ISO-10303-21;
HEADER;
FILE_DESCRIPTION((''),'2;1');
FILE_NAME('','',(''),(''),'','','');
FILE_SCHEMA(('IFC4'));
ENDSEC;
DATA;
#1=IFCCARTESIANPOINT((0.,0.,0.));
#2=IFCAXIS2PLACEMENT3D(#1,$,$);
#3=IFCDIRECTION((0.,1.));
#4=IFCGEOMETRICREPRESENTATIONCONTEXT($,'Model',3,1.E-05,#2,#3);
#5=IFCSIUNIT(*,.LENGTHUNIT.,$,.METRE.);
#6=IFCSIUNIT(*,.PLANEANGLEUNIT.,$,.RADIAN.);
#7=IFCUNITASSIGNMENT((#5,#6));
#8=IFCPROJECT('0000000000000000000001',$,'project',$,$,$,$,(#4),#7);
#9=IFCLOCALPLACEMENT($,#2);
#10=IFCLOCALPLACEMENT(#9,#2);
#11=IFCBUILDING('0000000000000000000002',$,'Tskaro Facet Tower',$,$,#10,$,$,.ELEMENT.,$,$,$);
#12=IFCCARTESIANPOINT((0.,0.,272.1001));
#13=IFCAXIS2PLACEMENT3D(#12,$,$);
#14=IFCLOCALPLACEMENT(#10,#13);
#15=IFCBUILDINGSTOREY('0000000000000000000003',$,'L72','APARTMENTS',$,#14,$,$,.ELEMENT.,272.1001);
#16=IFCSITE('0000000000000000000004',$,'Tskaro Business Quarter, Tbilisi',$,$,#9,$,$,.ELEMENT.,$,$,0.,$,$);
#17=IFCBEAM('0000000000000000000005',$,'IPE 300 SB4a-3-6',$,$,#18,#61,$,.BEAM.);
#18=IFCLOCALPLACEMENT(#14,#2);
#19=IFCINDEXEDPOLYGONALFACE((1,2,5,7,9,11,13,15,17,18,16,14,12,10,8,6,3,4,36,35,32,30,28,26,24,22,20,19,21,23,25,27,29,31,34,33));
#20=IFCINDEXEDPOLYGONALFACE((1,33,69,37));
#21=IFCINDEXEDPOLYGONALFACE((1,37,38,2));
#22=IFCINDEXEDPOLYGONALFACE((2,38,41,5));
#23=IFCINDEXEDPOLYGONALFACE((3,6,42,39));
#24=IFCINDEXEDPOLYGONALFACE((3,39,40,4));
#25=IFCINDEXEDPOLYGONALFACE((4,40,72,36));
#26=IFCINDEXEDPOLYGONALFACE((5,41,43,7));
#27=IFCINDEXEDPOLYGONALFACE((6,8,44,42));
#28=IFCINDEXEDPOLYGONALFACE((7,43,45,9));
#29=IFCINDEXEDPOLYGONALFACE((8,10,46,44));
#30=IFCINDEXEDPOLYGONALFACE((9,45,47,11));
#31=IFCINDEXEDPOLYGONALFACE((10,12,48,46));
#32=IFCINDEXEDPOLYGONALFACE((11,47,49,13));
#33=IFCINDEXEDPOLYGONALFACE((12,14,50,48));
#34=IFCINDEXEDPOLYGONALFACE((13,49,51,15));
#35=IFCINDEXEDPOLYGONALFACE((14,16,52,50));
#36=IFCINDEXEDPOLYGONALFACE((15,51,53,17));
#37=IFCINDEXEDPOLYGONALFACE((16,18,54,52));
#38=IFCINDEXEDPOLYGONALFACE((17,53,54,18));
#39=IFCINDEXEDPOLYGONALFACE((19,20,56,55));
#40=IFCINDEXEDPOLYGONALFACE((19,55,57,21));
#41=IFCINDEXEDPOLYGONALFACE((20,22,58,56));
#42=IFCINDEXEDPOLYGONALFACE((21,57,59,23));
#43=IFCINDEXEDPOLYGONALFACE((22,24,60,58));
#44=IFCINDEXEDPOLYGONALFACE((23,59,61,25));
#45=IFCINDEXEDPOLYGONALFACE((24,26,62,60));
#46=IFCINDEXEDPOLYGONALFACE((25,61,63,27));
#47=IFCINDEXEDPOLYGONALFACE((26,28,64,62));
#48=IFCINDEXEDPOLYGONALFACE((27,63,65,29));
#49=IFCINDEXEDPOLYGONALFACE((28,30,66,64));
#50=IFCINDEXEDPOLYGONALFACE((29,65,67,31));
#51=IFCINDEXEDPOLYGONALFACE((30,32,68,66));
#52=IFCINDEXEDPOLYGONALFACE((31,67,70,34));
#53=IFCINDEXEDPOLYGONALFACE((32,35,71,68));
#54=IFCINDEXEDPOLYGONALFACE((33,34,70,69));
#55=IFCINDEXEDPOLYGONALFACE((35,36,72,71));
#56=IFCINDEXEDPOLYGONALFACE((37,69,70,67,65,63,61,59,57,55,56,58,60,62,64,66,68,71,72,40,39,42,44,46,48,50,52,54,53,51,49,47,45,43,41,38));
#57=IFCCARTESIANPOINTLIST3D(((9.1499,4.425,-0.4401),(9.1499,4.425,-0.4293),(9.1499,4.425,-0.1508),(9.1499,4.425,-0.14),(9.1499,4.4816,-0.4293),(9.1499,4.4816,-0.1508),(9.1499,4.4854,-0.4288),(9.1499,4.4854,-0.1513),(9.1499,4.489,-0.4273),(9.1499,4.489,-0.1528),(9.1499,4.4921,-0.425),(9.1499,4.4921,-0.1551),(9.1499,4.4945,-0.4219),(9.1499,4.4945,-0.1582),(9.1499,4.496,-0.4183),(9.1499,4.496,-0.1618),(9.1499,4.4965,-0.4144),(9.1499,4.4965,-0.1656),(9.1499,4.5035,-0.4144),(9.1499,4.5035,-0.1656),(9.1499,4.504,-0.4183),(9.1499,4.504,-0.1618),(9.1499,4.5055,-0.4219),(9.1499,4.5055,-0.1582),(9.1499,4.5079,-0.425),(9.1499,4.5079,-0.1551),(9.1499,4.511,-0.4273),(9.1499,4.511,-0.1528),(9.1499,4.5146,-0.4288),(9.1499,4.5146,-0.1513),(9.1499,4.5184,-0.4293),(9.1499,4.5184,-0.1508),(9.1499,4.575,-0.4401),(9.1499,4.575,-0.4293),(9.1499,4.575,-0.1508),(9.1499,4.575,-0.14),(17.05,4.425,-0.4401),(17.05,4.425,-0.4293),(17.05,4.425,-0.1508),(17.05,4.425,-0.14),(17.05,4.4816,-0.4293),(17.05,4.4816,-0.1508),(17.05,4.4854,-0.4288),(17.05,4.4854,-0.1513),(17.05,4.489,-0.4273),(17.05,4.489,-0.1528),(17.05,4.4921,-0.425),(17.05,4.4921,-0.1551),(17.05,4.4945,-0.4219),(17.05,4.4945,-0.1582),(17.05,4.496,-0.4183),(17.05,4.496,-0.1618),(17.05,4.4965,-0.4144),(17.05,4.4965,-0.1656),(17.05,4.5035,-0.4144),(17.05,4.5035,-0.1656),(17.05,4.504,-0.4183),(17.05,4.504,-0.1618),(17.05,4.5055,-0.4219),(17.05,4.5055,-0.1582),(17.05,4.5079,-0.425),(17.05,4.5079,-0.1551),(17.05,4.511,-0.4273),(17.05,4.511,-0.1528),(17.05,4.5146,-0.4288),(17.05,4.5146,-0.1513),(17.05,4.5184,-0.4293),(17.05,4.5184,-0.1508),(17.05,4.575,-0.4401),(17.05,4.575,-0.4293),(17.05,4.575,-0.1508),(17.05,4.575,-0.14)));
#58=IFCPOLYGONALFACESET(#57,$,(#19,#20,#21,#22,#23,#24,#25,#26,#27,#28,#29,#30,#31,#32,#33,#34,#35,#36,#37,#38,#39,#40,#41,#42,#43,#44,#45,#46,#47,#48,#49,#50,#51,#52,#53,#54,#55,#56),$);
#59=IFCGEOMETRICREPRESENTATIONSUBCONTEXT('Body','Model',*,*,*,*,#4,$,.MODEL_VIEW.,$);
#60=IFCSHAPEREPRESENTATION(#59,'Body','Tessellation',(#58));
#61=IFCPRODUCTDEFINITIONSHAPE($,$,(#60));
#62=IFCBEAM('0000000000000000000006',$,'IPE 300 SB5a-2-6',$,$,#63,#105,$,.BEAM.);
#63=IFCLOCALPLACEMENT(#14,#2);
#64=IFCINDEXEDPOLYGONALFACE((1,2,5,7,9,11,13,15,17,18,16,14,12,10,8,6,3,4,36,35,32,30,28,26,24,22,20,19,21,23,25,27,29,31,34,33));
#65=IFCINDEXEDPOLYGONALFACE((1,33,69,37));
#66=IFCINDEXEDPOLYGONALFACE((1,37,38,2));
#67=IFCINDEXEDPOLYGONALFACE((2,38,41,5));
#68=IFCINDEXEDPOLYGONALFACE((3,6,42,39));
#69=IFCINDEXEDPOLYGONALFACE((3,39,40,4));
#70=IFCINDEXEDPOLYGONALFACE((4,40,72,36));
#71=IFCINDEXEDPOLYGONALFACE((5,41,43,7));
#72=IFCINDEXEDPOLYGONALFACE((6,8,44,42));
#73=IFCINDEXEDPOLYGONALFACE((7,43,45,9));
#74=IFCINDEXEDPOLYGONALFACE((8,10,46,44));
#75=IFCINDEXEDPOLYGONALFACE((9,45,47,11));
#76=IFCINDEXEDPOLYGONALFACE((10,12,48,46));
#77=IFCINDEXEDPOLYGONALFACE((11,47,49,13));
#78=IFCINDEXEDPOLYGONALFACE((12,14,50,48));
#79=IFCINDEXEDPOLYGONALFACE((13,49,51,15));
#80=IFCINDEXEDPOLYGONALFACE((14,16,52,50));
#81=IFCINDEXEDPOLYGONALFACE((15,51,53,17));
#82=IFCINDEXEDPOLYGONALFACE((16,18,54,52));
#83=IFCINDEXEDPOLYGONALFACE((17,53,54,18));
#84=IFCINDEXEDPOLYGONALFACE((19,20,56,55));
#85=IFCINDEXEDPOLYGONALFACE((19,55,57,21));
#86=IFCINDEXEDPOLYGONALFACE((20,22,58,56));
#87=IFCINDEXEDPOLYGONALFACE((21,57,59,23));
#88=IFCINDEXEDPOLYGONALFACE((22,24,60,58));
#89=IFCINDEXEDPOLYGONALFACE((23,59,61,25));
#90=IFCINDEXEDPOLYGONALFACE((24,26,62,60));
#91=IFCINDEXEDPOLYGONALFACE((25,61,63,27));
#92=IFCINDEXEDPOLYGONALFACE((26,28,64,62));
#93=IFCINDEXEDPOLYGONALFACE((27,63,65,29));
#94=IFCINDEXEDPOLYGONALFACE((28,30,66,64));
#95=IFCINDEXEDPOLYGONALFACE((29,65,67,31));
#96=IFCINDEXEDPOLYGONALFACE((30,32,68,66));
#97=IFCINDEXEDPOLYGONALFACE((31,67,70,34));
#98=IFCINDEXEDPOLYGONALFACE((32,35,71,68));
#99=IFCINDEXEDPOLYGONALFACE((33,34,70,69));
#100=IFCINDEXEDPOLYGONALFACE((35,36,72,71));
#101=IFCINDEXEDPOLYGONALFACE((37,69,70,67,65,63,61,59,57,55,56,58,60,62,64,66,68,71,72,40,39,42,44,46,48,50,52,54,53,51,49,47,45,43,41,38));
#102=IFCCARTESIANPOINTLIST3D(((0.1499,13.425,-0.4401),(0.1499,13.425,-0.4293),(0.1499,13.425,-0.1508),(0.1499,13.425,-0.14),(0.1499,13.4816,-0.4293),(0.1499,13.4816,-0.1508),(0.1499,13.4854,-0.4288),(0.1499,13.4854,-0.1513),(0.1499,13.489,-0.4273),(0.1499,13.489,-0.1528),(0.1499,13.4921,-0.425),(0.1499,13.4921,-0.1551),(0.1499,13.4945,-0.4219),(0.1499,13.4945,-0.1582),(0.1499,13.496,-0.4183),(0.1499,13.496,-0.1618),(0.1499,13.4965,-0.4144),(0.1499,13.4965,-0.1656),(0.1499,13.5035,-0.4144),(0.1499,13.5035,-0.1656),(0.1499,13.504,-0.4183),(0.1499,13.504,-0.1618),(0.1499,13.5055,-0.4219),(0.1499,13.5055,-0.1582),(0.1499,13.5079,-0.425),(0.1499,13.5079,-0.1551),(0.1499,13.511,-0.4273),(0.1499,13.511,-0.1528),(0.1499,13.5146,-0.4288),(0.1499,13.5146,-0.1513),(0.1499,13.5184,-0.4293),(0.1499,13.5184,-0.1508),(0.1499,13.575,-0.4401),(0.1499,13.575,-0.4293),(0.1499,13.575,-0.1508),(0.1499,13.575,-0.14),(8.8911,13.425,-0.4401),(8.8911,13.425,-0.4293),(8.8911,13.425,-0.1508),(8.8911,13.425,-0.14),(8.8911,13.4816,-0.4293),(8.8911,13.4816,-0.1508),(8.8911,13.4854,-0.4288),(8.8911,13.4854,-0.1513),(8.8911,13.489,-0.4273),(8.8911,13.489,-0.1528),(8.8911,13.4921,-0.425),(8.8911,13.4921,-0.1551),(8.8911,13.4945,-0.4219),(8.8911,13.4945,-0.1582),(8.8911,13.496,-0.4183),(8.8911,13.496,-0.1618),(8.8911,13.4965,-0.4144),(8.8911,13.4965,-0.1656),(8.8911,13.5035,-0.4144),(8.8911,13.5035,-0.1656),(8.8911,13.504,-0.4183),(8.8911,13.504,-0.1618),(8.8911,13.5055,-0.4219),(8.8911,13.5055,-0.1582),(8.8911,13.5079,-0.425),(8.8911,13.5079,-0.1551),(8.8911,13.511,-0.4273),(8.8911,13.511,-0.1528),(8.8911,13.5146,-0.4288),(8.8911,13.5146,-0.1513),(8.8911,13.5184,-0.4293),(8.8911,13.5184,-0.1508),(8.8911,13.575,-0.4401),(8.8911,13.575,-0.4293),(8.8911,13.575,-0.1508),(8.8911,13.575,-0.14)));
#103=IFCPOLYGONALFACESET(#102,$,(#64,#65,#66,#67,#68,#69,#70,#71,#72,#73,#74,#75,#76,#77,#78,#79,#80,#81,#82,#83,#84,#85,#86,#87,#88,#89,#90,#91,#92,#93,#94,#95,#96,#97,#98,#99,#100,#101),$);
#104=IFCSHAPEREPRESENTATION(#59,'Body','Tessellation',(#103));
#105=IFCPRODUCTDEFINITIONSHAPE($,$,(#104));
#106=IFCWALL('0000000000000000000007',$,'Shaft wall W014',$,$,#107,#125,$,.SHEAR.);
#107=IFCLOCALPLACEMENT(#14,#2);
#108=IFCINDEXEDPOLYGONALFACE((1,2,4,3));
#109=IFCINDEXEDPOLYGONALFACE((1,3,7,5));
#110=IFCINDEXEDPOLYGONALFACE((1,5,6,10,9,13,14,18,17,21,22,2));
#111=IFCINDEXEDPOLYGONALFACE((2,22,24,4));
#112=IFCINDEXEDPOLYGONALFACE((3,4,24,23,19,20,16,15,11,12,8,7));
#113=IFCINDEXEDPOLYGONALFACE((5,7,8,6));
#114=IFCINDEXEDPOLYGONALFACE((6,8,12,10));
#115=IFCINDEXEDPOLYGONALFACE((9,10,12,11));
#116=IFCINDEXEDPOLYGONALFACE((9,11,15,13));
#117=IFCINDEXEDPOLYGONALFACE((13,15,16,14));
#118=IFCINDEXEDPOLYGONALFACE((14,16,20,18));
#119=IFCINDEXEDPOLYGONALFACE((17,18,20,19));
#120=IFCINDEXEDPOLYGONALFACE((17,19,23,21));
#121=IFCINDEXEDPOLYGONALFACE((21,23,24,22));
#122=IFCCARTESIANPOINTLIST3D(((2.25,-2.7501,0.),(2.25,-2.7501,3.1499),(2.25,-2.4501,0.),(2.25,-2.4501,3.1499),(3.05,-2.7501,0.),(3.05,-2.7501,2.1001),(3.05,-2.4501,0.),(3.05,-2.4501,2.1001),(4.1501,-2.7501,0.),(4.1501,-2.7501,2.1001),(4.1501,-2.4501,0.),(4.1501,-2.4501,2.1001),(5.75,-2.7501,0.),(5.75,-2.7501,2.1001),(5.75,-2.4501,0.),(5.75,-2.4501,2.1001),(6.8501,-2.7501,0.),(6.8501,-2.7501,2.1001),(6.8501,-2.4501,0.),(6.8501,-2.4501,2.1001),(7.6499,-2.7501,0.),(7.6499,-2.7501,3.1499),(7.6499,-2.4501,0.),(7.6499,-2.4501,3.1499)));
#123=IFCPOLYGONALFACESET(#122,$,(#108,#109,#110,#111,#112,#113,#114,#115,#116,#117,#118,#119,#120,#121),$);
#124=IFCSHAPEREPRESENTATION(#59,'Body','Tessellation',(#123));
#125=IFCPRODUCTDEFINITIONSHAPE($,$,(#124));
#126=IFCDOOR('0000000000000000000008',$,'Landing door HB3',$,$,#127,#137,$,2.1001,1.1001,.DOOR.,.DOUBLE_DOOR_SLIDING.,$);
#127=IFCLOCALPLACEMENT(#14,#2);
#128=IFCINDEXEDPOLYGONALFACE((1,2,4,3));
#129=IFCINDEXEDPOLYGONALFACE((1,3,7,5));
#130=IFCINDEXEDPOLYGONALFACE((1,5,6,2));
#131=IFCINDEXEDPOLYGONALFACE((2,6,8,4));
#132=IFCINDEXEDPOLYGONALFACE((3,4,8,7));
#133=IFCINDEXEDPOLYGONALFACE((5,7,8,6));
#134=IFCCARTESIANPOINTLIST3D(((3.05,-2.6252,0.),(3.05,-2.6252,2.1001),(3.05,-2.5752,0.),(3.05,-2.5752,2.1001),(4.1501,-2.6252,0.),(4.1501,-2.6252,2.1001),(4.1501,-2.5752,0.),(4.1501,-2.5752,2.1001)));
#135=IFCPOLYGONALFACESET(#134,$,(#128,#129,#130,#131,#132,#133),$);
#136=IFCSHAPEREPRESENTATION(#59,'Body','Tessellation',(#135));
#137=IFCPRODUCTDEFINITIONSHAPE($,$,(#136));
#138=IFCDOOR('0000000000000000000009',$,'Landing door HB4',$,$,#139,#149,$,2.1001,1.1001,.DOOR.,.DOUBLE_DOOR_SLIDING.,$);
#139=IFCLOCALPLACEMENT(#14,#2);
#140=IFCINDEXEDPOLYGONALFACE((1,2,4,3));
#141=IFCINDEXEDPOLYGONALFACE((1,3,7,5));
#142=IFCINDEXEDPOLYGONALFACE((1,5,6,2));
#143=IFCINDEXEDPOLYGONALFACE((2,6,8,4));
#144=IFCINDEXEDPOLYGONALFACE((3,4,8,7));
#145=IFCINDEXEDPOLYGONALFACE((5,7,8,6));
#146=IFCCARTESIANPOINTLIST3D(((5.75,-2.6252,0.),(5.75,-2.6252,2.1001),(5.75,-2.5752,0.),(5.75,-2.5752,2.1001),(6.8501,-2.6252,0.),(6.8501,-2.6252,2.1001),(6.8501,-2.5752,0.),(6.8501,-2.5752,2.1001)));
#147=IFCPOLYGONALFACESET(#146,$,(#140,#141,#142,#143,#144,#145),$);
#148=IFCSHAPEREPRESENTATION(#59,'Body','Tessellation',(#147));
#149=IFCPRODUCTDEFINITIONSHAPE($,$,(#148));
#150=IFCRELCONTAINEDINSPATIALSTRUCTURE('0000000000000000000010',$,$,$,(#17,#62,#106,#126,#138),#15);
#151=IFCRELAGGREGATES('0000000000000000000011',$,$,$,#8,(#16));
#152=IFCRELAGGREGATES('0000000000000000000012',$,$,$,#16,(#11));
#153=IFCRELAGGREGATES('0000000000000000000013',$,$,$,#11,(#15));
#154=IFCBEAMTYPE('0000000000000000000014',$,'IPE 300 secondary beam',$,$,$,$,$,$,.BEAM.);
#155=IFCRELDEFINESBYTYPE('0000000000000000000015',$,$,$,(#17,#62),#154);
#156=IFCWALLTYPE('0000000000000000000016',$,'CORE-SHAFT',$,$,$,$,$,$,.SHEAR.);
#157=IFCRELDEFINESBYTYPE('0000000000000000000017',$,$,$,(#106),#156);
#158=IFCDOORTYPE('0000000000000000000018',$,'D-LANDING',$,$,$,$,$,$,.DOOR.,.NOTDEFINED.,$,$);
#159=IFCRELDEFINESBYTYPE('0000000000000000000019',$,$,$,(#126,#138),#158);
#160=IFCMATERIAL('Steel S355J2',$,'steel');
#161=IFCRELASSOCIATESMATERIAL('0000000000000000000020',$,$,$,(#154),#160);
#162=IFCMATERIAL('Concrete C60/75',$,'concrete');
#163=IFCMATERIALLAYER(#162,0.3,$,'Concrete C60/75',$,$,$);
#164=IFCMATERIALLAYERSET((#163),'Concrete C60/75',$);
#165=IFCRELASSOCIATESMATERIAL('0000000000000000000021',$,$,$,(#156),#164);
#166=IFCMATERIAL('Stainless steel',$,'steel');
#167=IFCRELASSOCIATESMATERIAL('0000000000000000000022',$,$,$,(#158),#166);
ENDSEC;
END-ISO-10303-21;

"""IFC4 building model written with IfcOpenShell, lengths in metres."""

from ifc_helpers import new_model, si_unit, direction, frame, frame_2d, origin, origin_2d, place, context, subcontext, project, spatial, rectangle, i_section, extrude, material, layer, layer_set, material_profile, profile_set, type_object, element, fill, save


model = new_model("IFC4")

# Units and contexts
model_context = context("Model", 3, precision=1e-05, world=origin(), true_north=direction((0.0, 1.0)))
body_context = subcontext(model_context, "Body", "Model", "MODEL_VIEW")
ifc_project = project(units=[si_unit("LENGTHUNIT", "METRE"), si_unit("PLANEANGLEUNIT", "RADIAN")], contexts=[model_context])

# Site, building, storey
site_placement = place(None, origin())
site = spatial("IfcSite", under=ifc_project, at=site_placement, Name="Tskaro Business Quarter, Tbilisi", CompositionType="ELEMENT", RefElevation=0.0)
building_placement = place(site_placement, origin())
building = spatial("IfcBuilding", under=site, at=building_placement, Name="Tskaro Facet Tower", CompositionType="ELEMENT")
storey_placement = place(building_placement, frame((0.0, 0.0, 272.1001)))
storey = spatial("IfcBuildingStorey", under=building, at=storey_placement, Name="L72", Description="APARTMENTS", CompositionType="ELEMENT", Elevation=272.1001)

# Beams
ifc_material_1 = material(Name="Steel S355J2", Category="steel")
ifc_material_profile_1 = material_profile(ifc_material_1, i_section(OverallWidth=0.1499, OverallDepth=0.3, WebThickness=0.0071, FlangeThickness=0.0107, FilletRadius=0.0149, at=origin_2d()), Name="IPE 300")
ifc_profile_set_1 = profile_set([ifc_material_profile_1], Name="Steel S355J2")
beam_type_1 = type_object("IfcBeamType", Name="IPE 300 secondary beam", PredefinedType="BEAM", material=ifc_profile_set_1)
beam_1_placement = place(storey_placement, frame((9.1499, 4.5, -0.29), z_axis=(1.0, 0.0, 0.0), x_axis=(0.0, 1.0, 0.0)))
element("IfcBeam", 1, at=beam_1_placement, inside=storey, type_object=beam_type_1, Name="IPE 300 SB4a-3-6", PredefinedType="BEAM", context=body_context, shape_type="SweptSolid", body=[
    extrude(i_section(OverallWidth=0.1499, OverallDepth=0.3, WebThickness=0.0071, FlangeThickness=0.0107, FilletRadius=0.0149, at=origin_2d()), origin(), (0.0, 0.0, 1.0), 7.9001),
])
beam_2_placement = place(storey_placement, frame((0.1499, 13.5, -0.29), z_axis=(1.0, 0.0, 0.0), x_axis=(0.0, 1.0, 0.0)))
element("IfcBeam", 2, at=beam_2_placement, inside=storey, type_object=beam_type_1, Name="IPE 300 SB5a-2-6", PredefinedType="BEAM", context=body_context, shape_type="SweptSolid", body=[
    extrude(i_section(OverallWidth=0.1499, OverallDepth=0.3, WebThickness=0.0071, FlangeThickness=0.0107, FilletRadius=0.0149, at=origin_2d()), origin(), (0.0, 0.0, 1.0), 8.7412),
])

# Wall, openings, doors
ifc_material_2 = material(Name="Concrete C60/75", Category="concrete")
ifc_layer_1 = layer(ifc_material_2, 0.3, Name="Concrete C60/75")
ifc_layer_set_1 = layer_set([ifc_layer_1], Name="Concrete C60/75")
wall_type_1 = type_object("IfcWallType", Name="CORE-SHAFT", PredefinedType="SHEAR", material=ifc_layer_set_1)
wall_1_placement = place(storey_placement, frame((2.25, -2.6001, 0.0), z_axis=(0.0, 0.0, 1.0), x_axis=(1.0, 0.0, 0.0)))
wall_1 = element("IfcWall", 3, at=wall_1_placement, inside=storey, type_object=wall_type_1, Name="Shaft wall W014", PredefinedType="SHEAR", context=body_context, shape_type="SweptSolid", body=[
    extrude(rectangle(XDim=5.3999, YDim=0.3, at=frame_2d((2.7, 0.0))), origin(), (0.0, 0.0, 1.0), 3.1499),
])
opening_1_placement = place(wall_1_placement, frame((0.8, 0.0, 0.0)))
opening_1 = element("IfcOpeningElement", 4, at=opening_1_placement, cuts=wall_1, PredefinedType="OPENING", context=body_context, shape_type="SweptSolid", body=[
    extrude(rectangle(XDim=1.1001, YDim=2.1001, at=frame_2d((0.55, 1.05))), frame((0.0, 0.1599, 0.0), z_axis=(0.0, -1.0, 0.0), x_axis=(1.0, 0.0, 0.0)), (0.0, 0.0, 1.0), 0.3201),
])
opening_2_placement = place(wall_1_placement, frame((3.5, 0.0, 0.0)))
opening_2 = element("IfcOpeningElement", 5, at=opening_2_placement, cuts=wall_1, PredefinedType="OPENING", context=body_context, shape_type="SweptSolid", body=[
    extrude(rectangle(XDim=1.1001, YDim=2.1001, at=frame_2d((0.55, 1.05))), frame((0.0, 0.1599, 0.0), z_axis=(0.0, -1.0, 0.0), x_axis=(1.0, 0.0, 0.0)), (0.0, 0.0, 1.0), 0.3201),
])
ifc_material_3 = material(Name="Stainless steel", Category="steel")
door_type_1 = type_object("IfcDoorType", Name="D-LANDING", OperationType="NOTDEFINED", PredefinedType="DOOR", material=ifc_material_3)
door_1_placement = place(opening_1_placement, origin())
door_1 = element("IfcDoor", 6, at=door_1_placement, inside=storey, type_object=door_type_1, Name="Landing door HB3", OperationType="DOUBLE_DOOR_SLIDING", OverallHeight=2.1001, OverallWidth=1.1001, PredefinedType="DOOR", context=body_context, shape_type="SweptSolid", body=[
    extrude(rectangle(XDim=1.1001, YDim=2.1001, at=frame_2d((0.55, 1.05))), frame((0.0, 0.0249, 0.0), z_axis=(0.0, -1.0, 0.0), x_axis=(1.0, 0.0, 0.0)), (0.0, 0.0, 1.0), 0.05),
])
fill(opening_1, door_1)
door_2_placement = place(opening_2_placement, origin())
door_2 = element("IfcDoor", 7, at=door_2_placement, inside=storey, type_object=door_type_1, Name="Landing door HB4", OperationType="DOUBLE_DOOR_SLIDING", OverallHeight=2.1001, OverallWidth=1.1001, PredefinedType="DOOR", context=body_context, shape_type="SweptSolid", body=[
    extrude(rectangle(XDim=1.1001, YDim=2.1001, at=frame_2d((0.55, 1.05))), frame((0.0, 0.0249, 0.0), z_axis=(0.0, -1.0, 0.0), x_axis=(1.0, 0.0, 0.0)), (0.0, 0.0, 1.0), 0.05),
])
fill(opening_2, door_2)

save(model, "model.ifc")
